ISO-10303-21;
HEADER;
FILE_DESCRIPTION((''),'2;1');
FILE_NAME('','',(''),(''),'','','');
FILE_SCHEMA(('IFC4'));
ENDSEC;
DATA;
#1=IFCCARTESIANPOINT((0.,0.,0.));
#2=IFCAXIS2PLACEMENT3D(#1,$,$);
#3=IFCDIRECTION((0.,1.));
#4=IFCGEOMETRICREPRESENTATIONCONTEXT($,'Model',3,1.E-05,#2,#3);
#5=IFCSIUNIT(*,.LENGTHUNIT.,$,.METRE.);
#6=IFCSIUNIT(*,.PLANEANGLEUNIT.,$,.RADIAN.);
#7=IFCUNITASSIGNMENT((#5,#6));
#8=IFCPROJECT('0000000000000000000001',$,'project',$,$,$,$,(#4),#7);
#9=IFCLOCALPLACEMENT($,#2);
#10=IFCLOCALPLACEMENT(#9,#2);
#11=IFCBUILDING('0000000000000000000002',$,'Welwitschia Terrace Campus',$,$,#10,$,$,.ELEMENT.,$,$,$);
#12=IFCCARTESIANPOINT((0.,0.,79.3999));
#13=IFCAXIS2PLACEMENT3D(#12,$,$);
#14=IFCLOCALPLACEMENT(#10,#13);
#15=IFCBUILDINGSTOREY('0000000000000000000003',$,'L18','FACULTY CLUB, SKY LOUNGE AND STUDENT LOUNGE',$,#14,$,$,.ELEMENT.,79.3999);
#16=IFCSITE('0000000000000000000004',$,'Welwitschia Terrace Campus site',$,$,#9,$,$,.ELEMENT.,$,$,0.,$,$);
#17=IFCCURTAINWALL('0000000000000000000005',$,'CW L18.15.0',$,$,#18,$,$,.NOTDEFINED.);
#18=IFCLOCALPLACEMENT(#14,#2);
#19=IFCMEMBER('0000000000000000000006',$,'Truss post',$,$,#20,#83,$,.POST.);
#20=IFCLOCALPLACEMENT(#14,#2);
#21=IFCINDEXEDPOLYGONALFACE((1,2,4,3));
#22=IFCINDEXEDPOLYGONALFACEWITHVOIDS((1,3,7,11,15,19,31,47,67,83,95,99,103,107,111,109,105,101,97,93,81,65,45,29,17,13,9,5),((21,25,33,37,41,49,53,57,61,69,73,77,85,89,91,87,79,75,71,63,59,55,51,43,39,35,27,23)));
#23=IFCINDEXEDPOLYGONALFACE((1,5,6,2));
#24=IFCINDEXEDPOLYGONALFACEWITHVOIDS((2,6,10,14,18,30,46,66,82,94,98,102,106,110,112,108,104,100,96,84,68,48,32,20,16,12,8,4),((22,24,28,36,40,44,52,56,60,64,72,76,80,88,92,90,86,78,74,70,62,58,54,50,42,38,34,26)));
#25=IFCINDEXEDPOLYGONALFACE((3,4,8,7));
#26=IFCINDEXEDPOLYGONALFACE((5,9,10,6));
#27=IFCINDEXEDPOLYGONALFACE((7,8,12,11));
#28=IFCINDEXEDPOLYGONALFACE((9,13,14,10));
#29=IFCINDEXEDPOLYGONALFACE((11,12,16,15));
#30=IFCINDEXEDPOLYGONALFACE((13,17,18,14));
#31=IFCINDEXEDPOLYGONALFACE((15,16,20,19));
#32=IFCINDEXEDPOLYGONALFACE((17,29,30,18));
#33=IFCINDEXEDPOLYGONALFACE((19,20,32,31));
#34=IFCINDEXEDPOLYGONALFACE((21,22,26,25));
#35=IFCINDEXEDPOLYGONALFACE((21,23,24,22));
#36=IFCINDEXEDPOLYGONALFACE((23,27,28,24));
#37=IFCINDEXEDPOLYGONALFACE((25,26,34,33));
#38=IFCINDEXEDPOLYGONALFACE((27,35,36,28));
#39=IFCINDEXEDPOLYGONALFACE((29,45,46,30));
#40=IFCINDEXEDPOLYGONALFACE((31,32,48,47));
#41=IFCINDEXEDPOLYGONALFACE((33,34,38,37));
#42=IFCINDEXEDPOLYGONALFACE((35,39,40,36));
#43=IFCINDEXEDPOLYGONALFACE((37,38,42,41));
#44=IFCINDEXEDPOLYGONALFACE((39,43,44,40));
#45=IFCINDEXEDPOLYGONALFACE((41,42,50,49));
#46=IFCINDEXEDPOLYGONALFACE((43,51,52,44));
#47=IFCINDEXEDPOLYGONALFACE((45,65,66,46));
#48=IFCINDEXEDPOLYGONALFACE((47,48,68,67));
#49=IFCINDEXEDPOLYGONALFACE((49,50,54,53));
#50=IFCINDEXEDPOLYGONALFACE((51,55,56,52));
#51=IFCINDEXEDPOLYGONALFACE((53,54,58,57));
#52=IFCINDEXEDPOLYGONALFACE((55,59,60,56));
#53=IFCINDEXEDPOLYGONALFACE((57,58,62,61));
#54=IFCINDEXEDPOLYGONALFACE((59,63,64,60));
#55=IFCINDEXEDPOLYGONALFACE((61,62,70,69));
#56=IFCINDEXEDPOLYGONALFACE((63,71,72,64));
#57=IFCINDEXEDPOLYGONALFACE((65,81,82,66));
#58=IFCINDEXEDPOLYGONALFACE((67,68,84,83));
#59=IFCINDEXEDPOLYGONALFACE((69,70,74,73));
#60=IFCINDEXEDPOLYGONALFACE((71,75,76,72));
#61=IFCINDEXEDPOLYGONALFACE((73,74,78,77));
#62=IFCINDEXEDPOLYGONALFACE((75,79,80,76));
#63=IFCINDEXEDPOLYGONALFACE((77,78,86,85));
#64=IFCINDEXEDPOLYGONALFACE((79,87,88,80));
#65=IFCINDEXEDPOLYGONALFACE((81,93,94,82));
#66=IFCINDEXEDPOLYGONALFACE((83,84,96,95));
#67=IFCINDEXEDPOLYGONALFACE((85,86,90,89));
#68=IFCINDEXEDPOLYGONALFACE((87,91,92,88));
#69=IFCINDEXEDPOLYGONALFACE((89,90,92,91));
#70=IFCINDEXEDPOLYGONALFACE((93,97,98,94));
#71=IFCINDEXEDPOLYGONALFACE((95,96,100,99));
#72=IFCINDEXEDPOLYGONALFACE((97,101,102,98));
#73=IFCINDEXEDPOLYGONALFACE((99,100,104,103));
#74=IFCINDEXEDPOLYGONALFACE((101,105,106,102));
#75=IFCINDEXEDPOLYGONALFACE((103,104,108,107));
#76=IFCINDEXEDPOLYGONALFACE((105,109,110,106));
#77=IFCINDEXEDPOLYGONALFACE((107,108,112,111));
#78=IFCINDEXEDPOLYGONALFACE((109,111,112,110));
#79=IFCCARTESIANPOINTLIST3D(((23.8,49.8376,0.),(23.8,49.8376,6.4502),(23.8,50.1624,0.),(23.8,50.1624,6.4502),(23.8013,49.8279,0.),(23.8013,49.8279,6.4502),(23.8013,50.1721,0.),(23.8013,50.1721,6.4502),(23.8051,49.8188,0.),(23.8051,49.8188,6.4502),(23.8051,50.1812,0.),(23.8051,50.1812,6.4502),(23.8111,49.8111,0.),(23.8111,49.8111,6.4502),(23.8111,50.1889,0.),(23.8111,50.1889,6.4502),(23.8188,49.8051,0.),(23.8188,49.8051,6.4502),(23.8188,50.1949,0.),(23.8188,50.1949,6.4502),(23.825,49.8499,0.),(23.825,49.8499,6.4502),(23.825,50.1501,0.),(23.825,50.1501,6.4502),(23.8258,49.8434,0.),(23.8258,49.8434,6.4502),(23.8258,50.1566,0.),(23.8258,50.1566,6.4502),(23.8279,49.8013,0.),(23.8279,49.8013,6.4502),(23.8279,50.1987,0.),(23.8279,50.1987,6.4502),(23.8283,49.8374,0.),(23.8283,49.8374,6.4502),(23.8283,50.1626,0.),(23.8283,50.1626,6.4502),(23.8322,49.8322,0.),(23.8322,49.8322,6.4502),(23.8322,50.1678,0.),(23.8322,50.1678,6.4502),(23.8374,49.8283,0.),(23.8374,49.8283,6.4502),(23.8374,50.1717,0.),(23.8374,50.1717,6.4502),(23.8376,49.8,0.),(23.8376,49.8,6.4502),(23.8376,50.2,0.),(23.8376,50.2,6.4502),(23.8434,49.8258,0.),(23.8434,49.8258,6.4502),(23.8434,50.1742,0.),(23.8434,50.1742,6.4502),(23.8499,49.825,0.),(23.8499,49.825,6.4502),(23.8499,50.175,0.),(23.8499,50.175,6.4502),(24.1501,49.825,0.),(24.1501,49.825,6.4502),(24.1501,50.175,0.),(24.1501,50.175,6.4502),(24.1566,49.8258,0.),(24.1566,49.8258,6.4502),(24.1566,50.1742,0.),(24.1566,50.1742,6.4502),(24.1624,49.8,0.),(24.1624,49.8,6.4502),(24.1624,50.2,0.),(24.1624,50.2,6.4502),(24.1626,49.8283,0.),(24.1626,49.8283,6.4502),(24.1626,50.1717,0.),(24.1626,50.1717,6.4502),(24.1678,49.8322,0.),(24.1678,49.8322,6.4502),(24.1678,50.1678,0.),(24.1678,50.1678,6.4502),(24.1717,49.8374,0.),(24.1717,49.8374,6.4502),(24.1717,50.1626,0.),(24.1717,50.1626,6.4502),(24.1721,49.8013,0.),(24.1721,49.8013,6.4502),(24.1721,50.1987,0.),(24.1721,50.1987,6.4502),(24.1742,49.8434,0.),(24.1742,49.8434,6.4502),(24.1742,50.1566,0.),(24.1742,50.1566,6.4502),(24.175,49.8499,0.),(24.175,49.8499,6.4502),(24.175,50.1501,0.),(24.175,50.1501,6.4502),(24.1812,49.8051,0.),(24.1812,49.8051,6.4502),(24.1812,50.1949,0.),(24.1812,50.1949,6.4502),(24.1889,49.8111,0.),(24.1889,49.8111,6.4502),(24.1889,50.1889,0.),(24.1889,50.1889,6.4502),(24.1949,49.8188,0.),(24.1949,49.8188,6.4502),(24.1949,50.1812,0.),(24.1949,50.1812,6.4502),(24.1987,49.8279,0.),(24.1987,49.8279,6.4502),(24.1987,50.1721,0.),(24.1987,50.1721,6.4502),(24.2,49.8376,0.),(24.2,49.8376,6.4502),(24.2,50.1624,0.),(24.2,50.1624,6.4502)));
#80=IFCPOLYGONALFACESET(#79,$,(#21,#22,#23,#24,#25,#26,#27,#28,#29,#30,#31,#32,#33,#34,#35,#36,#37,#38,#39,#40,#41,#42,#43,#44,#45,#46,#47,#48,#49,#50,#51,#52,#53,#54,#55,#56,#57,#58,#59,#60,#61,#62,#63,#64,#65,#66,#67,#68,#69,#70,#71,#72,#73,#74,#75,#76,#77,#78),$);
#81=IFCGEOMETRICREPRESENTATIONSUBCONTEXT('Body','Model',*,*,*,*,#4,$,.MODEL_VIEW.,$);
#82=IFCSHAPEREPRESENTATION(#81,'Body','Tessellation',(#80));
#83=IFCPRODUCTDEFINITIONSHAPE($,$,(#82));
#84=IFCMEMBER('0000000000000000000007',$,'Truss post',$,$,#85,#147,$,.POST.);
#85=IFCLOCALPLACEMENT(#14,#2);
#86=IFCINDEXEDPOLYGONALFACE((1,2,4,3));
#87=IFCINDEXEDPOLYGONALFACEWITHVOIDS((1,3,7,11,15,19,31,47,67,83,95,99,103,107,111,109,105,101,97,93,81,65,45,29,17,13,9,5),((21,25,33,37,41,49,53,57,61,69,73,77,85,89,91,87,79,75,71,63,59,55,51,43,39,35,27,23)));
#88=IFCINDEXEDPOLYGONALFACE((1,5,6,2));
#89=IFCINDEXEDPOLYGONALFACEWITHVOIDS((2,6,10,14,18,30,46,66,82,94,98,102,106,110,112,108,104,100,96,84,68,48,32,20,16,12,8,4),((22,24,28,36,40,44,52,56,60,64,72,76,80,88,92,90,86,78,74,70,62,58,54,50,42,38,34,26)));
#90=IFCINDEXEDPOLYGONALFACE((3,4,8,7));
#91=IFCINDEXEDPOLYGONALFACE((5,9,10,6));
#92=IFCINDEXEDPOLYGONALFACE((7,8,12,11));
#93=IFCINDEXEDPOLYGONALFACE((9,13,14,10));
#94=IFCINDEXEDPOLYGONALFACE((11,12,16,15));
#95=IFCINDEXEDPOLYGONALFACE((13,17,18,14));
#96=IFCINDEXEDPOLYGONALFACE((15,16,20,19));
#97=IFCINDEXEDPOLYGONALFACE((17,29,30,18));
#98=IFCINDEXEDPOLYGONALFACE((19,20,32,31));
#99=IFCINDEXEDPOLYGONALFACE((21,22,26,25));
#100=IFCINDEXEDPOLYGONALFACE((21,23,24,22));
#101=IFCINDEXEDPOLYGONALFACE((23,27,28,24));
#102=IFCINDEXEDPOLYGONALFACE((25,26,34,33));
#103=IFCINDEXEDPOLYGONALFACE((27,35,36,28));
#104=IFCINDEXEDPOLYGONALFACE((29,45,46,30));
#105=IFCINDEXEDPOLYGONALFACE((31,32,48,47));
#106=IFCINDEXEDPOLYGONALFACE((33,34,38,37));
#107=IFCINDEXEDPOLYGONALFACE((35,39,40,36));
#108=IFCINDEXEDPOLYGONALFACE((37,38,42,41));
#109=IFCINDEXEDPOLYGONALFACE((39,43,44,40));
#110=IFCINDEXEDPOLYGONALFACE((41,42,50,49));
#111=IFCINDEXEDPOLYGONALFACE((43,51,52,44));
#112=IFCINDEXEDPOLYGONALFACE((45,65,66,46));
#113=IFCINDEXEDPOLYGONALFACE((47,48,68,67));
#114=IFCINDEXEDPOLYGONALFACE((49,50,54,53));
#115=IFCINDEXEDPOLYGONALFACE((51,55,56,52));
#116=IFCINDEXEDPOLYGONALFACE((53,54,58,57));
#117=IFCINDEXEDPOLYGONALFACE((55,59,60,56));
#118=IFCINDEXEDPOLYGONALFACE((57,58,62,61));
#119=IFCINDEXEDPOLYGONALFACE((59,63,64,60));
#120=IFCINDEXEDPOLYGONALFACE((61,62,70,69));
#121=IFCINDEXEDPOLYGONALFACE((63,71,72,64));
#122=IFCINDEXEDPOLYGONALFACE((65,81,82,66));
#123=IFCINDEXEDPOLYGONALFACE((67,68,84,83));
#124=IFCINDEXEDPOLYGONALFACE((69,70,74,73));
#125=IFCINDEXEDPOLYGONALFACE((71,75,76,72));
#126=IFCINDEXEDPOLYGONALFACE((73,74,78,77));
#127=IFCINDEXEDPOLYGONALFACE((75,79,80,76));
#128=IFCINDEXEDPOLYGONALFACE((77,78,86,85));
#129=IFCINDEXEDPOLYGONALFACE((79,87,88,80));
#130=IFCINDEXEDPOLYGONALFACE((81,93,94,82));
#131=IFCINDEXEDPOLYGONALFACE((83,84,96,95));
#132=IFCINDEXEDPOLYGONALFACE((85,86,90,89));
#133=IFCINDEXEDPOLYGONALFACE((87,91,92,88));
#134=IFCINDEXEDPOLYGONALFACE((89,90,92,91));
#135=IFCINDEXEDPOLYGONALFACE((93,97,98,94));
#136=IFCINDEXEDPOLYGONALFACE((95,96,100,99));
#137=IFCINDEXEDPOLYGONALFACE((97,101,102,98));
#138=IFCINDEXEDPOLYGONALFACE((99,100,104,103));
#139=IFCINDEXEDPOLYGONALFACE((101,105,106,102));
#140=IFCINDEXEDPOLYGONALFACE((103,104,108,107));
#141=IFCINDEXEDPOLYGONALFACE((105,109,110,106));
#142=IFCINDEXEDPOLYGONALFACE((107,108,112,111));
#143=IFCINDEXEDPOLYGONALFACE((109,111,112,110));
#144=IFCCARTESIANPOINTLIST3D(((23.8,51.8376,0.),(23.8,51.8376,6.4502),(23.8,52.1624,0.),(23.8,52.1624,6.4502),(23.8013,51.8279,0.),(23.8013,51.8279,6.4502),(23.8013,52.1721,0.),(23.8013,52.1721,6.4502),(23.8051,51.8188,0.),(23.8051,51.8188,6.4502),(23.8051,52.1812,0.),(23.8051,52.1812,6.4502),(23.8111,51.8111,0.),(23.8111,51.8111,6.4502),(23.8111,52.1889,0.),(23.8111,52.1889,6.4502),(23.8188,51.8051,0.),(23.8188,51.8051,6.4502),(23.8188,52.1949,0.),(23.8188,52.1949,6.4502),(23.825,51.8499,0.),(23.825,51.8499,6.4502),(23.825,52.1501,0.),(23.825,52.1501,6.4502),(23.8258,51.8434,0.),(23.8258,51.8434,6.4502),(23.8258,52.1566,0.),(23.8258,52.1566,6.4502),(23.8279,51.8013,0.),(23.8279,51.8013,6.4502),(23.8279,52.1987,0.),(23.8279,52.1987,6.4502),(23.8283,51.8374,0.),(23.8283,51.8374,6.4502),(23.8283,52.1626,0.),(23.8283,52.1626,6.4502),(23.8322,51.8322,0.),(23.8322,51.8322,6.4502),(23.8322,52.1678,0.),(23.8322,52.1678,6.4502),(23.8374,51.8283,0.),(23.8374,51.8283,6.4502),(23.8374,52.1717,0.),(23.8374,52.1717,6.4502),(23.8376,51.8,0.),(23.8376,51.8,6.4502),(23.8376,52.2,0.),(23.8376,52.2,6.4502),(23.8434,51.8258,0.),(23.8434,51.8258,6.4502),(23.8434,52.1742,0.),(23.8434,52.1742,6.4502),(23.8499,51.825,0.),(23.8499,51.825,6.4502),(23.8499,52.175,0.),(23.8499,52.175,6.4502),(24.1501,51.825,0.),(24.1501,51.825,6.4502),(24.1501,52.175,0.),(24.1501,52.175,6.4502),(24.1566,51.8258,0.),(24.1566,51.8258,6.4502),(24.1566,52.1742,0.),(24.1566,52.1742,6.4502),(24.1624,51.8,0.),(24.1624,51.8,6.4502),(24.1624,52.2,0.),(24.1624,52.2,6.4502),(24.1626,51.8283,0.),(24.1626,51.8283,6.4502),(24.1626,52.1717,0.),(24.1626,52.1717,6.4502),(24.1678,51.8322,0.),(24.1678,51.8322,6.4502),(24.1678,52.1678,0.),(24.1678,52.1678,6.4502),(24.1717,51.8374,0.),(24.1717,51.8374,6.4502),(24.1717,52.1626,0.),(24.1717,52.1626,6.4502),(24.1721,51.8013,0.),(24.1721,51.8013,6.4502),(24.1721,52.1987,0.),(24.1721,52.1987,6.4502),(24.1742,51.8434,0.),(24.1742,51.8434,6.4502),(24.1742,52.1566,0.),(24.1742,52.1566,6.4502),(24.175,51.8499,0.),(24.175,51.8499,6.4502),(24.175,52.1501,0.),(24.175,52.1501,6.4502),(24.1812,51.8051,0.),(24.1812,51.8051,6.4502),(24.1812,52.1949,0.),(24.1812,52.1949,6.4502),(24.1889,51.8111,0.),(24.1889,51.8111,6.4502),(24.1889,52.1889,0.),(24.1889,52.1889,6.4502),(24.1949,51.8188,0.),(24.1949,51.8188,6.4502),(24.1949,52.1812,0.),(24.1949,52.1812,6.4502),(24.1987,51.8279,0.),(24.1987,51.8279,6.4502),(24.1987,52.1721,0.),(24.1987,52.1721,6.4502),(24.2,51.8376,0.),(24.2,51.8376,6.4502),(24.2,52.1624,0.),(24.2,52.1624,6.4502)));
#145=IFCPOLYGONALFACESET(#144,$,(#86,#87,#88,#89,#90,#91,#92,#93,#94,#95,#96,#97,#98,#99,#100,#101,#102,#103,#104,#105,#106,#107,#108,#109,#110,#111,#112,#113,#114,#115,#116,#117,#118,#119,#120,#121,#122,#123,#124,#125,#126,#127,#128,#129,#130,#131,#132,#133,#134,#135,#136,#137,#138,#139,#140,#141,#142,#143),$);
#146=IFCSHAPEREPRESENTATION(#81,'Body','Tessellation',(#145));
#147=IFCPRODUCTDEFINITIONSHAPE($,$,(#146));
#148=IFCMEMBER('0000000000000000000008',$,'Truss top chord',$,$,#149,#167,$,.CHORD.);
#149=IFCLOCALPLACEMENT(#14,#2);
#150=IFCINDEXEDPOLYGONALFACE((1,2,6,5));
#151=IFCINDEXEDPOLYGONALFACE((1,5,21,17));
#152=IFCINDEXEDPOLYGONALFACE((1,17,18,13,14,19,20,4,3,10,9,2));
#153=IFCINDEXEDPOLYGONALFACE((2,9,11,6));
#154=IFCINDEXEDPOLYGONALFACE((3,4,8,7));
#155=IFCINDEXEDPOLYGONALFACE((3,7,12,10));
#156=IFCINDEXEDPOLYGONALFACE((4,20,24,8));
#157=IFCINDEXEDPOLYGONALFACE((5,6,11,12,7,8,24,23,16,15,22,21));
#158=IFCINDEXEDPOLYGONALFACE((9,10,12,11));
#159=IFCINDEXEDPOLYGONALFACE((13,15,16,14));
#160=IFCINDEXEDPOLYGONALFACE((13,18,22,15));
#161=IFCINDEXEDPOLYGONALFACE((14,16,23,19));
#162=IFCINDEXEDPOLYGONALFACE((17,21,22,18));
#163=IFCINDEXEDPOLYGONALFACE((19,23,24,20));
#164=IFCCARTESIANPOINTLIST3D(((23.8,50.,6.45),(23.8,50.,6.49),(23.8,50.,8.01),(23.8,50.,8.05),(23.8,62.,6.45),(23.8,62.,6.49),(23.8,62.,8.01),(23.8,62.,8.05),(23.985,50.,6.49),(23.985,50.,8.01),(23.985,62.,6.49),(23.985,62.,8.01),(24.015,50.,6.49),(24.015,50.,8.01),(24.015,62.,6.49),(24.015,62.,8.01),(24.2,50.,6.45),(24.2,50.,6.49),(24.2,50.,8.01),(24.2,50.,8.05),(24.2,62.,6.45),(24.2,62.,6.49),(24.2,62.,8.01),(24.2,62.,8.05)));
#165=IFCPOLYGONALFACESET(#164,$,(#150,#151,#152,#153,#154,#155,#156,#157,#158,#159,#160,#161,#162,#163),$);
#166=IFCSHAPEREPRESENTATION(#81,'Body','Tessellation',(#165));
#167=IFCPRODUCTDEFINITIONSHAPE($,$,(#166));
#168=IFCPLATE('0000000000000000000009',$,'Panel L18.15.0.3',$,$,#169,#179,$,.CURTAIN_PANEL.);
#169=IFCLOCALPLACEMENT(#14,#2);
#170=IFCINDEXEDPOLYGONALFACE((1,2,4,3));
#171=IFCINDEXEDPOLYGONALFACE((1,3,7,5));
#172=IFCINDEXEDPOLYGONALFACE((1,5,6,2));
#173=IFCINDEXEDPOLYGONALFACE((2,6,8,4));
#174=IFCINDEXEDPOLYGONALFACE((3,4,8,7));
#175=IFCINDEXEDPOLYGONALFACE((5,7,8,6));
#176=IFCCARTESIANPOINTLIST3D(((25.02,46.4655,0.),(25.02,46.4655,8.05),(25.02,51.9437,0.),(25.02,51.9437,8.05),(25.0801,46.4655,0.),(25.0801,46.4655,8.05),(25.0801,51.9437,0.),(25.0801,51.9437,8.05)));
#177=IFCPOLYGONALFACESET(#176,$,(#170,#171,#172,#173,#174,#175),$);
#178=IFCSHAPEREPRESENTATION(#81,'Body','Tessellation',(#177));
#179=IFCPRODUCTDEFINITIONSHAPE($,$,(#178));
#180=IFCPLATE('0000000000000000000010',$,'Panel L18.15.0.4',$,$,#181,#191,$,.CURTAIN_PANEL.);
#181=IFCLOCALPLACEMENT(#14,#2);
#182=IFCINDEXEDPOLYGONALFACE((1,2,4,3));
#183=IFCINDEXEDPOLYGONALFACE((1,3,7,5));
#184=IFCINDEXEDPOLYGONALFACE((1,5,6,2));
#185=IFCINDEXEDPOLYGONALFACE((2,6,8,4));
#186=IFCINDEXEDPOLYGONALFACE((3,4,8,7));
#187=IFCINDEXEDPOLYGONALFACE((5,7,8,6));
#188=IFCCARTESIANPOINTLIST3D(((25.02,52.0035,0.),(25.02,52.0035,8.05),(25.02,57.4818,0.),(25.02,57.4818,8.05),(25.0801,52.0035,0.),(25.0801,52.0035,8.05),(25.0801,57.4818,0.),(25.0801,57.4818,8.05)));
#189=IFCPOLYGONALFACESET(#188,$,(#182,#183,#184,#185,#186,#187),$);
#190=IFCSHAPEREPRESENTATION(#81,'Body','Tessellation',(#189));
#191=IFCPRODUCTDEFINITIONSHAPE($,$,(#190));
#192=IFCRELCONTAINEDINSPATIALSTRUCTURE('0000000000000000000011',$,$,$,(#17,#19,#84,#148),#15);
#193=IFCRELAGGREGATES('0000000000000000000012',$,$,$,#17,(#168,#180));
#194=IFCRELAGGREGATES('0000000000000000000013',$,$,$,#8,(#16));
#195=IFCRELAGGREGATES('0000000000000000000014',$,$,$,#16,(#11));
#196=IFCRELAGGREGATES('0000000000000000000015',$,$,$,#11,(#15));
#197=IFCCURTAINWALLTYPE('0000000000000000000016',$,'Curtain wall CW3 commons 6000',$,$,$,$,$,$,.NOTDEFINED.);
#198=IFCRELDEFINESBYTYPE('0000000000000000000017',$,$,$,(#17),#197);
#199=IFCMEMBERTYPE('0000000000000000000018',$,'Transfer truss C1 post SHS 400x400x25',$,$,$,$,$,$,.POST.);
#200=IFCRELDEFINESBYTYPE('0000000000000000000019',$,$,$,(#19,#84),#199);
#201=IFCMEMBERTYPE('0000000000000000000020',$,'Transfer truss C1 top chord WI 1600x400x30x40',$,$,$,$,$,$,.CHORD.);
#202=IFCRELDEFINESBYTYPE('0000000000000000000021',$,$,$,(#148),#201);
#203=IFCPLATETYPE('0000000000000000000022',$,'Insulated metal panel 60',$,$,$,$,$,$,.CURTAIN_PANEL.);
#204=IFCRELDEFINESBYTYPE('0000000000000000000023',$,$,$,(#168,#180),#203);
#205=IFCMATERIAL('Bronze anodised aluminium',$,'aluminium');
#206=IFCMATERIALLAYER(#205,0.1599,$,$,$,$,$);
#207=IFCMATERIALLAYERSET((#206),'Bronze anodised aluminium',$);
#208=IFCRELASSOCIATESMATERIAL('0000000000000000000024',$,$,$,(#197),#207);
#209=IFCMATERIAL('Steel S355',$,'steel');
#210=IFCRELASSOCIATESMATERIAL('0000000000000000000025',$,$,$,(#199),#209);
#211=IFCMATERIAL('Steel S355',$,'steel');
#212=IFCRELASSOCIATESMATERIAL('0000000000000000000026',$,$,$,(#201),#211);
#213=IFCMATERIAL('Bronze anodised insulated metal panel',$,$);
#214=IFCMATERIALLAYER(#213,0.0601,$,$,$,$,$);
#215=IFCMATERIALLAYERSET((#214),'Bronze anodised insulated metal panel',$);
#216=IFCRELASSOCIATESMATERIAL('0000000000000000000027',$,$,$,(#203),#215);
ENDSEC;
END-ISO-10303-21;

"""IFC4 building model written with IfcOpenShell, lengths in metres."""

from ifc_helpers import new_model, si_unit, direction, frame, origin, origin_2d, place, context, subcontext, project, spatial, rectangle, hollow_rectangle, i_section, extrude, material, layer, layer_set, material_profile, profile_set, type_object, element, aggregate, save


model = new_model("IFC4")

# Units and contexts
model_context = context("Model", 3, precision=1e-05, world=origin(), true_north=direction((0.0, 1.0)))
body_context = subcontext(model_context, "Body", "Model", "MODEL_VIEW")
ifc_project = project(units=[si_unit("LENGTHUNIT", "METRE"), si_unit("PLANEANGLEUNIT", "RADIAN")], contexts=[model_context])

# Site, building, storey
site_placement = place(None, origin())
site = spatial("IfcSite", under=ifc_project, at=site_placement, Name="Welwitschia Terrace Campus site", CompositionType="ELEMENT", RefElevation=0.0)
building_placement = place(site_placement, origin())
building = spatial("IfcBuilding", under=site, at=building_placement, Name="Welwitschia Terrace Campus", CompositionType="ELEMENT")
storey_placement = place(building_placement, frame((0.0, 0.0, 79.3999)))
storey = spatial("IfcBuildingStorey", under=building, at=storey_placement, Name="L18", Description="FACULTY CLUB, SKY LOUNGE AND STUDENT LOUNGE", CompositionType="ELEMENT", Elevation=79.3999)

# Curtain wall
ifc_material_1 = material(Name="Bronze anodised aluminium", Category="aluminium")
ifc_layer_1 = layer(ifc_material_1, 0.1599)
ifc_layer_set_1 = layer_set([ifc_layer_1], Name="Bronze anodised aluminium")
curtain_wall_type = type_object("IfcCurtainWallType", Name="Curtain wall CW3 commons 6000", PredefinedType="NOTDEFINED", material=ifc_layer_set_1)
curtain_wall_placement = place(storey_placement, origin())
curtain_wall = element("IfcCurtainWall", 1, at=curtain_wall_placement, inside=storey, type_object=curtain_wall_type, Name="CW L18.15.0", PredefinedType="NOTDEFINED")

# Members
ifc_material_2 = material(Name="Steel S355", Category="steel")
ifc_material_profile_1 = material_profile(ifc_material_2, hollow_rectangle(XDim=0.3999, YDim=0.3999, WallThickness=0.0249, InnerFilletRadius=0.0249, OuterFilletRadius=0.0376, at=origin_2d()))
ifc_profile_set_1 = profile_set([ifc_material_profile_1], Name="Steel S355")
member_type_1 = type_object("IfcMemberType", Name="Transfer truss C1 post SHS 400x400x25", PredefinedType="POST", material=ifc_profile_set_1)
for number, where, z_axis, x_axis, name in (
    (2, (24.0, 50.0, 0.0), (0.0, 0.0, 1.0), (1.0, 0.0, 0.0), "Truss post"),
    (3, (24.0, 52.0, 0.0), (0.0, 0.0, 1.0), (1.0, 0.0, 0.0), "Truss post"),
):
    element("IfcMember", number, at=place(storey_placement, frame(where, z_axis=z_axis, x_axis=x_axis)), inside=storey, type_object=member_type_1, Name=name, PredefinedType="POST", context=body_context, shape_type="SweptSolid", body=[
        extrude(hollow_rectangle(XDim=0.3999, YDim=0.3999, WallThickness=0.0249, InnerFilletRadius=0.0249, OuterFilletRadius=0.0376, at=origin_2d()), origin(), (0.0, 0.0, 1.0), 6.4502),
    ])
ifc_material_3 = material(Name="Steel S355", Category="steel")
ifc_material_profile_2 = material_profile(ifc_material_3, i_section(OverallWidth=0.3999, OverallDepth=1.6001, WebThickness=0.03, FlangeThickness=0.04, at=origin_2d()))
ifc_profile_set_2 = profile_set([ifc_material_profile_2], Name="Steel S355")
member_type_2 = type_object("IfcMemberType", Name="Transfer truss C1 top chord WI 1600x400x30x40", PredefinedType="CHORD", material=ifc_profile_set_2)
member_1_placement = place(storey_placement, frame((24.0, 50.0, 7.25), z_axis=(0.0, 1.0, 0.0), x_axis=(-1.0, 0.0, 0.0)))
element("IfcMember", 4, at=member_1_placement, inside=storey, type_object=member_type_2, Name="Truss top chord", PredefinedType="CHORD", context=body_context, shape_type="SweptSolid", body=[
    extrude(i_section(OverallWidth=0.3999, OverallDepth=1.6001, WebThickness=0.03, FlangeThickness=0.04, at=origin_2d()), origin(), (0.0, 0.0, 1.0), 12.0),
])

# Plates
ifc_material_4 = material(Name="Bronze anodised insulated metal panel")
ifc_layer_2 = layer(ifc_material_4, 0.0601)
ifc_layer_set_2 = layer_set([ifc_layer_2], Name="Bronze anodised insulated metal panel")
plate_type = type_object("IfcPlateType", Name="Insulated metal panel 60", PredefinedType="CURTAIN_PANEL", material=ifc_layer_set_2)
plate_1_placement = place(storey_placement, frame((25.05, 49.2046, 0.0), z_axis=(0.0, 0.0, 1.0), x_axis=(0.0, 1.0, 0.0)))
plate_1 = element("IfcPlate", 5, at=plate_1_placement, type_object=plate_type, Name="Panel L18.15.0.3", PredefinedType="CURTAIN_PANEL", context=body_context, shape_type="SweptSolid", body=[
    extrude(rectangle(XDim=5.4783, YDim=0.0601, at=origin_2d()), origin(), (0.0, 0.0, 1.0), 8.05),
])
plate_2_placement = place(storey_placement, frame((25.05, 54.7427, 0.0), z_axis=(0.0, 0.0, 1.0), x_axis=(0.0, 1.0, 0.0)))
plate_2 = element("IfcPlate", 6, at=plate_2_placement, type_object=plate_type, Name="Panel L18.15.0.4", PredefinedType="CURTAIN_PANEL", context=body_context, shape_type="SweptSolid", body=[
    extrude(rectangle(XDim=5.4783, YDim=0.0601, at=origin_2d()), origin(), (0.0, 0.0, 1.0), 8.05),
])
aggregate(curtain_wall, [plate_1, plate_2])

save(model, "model.ifc")
